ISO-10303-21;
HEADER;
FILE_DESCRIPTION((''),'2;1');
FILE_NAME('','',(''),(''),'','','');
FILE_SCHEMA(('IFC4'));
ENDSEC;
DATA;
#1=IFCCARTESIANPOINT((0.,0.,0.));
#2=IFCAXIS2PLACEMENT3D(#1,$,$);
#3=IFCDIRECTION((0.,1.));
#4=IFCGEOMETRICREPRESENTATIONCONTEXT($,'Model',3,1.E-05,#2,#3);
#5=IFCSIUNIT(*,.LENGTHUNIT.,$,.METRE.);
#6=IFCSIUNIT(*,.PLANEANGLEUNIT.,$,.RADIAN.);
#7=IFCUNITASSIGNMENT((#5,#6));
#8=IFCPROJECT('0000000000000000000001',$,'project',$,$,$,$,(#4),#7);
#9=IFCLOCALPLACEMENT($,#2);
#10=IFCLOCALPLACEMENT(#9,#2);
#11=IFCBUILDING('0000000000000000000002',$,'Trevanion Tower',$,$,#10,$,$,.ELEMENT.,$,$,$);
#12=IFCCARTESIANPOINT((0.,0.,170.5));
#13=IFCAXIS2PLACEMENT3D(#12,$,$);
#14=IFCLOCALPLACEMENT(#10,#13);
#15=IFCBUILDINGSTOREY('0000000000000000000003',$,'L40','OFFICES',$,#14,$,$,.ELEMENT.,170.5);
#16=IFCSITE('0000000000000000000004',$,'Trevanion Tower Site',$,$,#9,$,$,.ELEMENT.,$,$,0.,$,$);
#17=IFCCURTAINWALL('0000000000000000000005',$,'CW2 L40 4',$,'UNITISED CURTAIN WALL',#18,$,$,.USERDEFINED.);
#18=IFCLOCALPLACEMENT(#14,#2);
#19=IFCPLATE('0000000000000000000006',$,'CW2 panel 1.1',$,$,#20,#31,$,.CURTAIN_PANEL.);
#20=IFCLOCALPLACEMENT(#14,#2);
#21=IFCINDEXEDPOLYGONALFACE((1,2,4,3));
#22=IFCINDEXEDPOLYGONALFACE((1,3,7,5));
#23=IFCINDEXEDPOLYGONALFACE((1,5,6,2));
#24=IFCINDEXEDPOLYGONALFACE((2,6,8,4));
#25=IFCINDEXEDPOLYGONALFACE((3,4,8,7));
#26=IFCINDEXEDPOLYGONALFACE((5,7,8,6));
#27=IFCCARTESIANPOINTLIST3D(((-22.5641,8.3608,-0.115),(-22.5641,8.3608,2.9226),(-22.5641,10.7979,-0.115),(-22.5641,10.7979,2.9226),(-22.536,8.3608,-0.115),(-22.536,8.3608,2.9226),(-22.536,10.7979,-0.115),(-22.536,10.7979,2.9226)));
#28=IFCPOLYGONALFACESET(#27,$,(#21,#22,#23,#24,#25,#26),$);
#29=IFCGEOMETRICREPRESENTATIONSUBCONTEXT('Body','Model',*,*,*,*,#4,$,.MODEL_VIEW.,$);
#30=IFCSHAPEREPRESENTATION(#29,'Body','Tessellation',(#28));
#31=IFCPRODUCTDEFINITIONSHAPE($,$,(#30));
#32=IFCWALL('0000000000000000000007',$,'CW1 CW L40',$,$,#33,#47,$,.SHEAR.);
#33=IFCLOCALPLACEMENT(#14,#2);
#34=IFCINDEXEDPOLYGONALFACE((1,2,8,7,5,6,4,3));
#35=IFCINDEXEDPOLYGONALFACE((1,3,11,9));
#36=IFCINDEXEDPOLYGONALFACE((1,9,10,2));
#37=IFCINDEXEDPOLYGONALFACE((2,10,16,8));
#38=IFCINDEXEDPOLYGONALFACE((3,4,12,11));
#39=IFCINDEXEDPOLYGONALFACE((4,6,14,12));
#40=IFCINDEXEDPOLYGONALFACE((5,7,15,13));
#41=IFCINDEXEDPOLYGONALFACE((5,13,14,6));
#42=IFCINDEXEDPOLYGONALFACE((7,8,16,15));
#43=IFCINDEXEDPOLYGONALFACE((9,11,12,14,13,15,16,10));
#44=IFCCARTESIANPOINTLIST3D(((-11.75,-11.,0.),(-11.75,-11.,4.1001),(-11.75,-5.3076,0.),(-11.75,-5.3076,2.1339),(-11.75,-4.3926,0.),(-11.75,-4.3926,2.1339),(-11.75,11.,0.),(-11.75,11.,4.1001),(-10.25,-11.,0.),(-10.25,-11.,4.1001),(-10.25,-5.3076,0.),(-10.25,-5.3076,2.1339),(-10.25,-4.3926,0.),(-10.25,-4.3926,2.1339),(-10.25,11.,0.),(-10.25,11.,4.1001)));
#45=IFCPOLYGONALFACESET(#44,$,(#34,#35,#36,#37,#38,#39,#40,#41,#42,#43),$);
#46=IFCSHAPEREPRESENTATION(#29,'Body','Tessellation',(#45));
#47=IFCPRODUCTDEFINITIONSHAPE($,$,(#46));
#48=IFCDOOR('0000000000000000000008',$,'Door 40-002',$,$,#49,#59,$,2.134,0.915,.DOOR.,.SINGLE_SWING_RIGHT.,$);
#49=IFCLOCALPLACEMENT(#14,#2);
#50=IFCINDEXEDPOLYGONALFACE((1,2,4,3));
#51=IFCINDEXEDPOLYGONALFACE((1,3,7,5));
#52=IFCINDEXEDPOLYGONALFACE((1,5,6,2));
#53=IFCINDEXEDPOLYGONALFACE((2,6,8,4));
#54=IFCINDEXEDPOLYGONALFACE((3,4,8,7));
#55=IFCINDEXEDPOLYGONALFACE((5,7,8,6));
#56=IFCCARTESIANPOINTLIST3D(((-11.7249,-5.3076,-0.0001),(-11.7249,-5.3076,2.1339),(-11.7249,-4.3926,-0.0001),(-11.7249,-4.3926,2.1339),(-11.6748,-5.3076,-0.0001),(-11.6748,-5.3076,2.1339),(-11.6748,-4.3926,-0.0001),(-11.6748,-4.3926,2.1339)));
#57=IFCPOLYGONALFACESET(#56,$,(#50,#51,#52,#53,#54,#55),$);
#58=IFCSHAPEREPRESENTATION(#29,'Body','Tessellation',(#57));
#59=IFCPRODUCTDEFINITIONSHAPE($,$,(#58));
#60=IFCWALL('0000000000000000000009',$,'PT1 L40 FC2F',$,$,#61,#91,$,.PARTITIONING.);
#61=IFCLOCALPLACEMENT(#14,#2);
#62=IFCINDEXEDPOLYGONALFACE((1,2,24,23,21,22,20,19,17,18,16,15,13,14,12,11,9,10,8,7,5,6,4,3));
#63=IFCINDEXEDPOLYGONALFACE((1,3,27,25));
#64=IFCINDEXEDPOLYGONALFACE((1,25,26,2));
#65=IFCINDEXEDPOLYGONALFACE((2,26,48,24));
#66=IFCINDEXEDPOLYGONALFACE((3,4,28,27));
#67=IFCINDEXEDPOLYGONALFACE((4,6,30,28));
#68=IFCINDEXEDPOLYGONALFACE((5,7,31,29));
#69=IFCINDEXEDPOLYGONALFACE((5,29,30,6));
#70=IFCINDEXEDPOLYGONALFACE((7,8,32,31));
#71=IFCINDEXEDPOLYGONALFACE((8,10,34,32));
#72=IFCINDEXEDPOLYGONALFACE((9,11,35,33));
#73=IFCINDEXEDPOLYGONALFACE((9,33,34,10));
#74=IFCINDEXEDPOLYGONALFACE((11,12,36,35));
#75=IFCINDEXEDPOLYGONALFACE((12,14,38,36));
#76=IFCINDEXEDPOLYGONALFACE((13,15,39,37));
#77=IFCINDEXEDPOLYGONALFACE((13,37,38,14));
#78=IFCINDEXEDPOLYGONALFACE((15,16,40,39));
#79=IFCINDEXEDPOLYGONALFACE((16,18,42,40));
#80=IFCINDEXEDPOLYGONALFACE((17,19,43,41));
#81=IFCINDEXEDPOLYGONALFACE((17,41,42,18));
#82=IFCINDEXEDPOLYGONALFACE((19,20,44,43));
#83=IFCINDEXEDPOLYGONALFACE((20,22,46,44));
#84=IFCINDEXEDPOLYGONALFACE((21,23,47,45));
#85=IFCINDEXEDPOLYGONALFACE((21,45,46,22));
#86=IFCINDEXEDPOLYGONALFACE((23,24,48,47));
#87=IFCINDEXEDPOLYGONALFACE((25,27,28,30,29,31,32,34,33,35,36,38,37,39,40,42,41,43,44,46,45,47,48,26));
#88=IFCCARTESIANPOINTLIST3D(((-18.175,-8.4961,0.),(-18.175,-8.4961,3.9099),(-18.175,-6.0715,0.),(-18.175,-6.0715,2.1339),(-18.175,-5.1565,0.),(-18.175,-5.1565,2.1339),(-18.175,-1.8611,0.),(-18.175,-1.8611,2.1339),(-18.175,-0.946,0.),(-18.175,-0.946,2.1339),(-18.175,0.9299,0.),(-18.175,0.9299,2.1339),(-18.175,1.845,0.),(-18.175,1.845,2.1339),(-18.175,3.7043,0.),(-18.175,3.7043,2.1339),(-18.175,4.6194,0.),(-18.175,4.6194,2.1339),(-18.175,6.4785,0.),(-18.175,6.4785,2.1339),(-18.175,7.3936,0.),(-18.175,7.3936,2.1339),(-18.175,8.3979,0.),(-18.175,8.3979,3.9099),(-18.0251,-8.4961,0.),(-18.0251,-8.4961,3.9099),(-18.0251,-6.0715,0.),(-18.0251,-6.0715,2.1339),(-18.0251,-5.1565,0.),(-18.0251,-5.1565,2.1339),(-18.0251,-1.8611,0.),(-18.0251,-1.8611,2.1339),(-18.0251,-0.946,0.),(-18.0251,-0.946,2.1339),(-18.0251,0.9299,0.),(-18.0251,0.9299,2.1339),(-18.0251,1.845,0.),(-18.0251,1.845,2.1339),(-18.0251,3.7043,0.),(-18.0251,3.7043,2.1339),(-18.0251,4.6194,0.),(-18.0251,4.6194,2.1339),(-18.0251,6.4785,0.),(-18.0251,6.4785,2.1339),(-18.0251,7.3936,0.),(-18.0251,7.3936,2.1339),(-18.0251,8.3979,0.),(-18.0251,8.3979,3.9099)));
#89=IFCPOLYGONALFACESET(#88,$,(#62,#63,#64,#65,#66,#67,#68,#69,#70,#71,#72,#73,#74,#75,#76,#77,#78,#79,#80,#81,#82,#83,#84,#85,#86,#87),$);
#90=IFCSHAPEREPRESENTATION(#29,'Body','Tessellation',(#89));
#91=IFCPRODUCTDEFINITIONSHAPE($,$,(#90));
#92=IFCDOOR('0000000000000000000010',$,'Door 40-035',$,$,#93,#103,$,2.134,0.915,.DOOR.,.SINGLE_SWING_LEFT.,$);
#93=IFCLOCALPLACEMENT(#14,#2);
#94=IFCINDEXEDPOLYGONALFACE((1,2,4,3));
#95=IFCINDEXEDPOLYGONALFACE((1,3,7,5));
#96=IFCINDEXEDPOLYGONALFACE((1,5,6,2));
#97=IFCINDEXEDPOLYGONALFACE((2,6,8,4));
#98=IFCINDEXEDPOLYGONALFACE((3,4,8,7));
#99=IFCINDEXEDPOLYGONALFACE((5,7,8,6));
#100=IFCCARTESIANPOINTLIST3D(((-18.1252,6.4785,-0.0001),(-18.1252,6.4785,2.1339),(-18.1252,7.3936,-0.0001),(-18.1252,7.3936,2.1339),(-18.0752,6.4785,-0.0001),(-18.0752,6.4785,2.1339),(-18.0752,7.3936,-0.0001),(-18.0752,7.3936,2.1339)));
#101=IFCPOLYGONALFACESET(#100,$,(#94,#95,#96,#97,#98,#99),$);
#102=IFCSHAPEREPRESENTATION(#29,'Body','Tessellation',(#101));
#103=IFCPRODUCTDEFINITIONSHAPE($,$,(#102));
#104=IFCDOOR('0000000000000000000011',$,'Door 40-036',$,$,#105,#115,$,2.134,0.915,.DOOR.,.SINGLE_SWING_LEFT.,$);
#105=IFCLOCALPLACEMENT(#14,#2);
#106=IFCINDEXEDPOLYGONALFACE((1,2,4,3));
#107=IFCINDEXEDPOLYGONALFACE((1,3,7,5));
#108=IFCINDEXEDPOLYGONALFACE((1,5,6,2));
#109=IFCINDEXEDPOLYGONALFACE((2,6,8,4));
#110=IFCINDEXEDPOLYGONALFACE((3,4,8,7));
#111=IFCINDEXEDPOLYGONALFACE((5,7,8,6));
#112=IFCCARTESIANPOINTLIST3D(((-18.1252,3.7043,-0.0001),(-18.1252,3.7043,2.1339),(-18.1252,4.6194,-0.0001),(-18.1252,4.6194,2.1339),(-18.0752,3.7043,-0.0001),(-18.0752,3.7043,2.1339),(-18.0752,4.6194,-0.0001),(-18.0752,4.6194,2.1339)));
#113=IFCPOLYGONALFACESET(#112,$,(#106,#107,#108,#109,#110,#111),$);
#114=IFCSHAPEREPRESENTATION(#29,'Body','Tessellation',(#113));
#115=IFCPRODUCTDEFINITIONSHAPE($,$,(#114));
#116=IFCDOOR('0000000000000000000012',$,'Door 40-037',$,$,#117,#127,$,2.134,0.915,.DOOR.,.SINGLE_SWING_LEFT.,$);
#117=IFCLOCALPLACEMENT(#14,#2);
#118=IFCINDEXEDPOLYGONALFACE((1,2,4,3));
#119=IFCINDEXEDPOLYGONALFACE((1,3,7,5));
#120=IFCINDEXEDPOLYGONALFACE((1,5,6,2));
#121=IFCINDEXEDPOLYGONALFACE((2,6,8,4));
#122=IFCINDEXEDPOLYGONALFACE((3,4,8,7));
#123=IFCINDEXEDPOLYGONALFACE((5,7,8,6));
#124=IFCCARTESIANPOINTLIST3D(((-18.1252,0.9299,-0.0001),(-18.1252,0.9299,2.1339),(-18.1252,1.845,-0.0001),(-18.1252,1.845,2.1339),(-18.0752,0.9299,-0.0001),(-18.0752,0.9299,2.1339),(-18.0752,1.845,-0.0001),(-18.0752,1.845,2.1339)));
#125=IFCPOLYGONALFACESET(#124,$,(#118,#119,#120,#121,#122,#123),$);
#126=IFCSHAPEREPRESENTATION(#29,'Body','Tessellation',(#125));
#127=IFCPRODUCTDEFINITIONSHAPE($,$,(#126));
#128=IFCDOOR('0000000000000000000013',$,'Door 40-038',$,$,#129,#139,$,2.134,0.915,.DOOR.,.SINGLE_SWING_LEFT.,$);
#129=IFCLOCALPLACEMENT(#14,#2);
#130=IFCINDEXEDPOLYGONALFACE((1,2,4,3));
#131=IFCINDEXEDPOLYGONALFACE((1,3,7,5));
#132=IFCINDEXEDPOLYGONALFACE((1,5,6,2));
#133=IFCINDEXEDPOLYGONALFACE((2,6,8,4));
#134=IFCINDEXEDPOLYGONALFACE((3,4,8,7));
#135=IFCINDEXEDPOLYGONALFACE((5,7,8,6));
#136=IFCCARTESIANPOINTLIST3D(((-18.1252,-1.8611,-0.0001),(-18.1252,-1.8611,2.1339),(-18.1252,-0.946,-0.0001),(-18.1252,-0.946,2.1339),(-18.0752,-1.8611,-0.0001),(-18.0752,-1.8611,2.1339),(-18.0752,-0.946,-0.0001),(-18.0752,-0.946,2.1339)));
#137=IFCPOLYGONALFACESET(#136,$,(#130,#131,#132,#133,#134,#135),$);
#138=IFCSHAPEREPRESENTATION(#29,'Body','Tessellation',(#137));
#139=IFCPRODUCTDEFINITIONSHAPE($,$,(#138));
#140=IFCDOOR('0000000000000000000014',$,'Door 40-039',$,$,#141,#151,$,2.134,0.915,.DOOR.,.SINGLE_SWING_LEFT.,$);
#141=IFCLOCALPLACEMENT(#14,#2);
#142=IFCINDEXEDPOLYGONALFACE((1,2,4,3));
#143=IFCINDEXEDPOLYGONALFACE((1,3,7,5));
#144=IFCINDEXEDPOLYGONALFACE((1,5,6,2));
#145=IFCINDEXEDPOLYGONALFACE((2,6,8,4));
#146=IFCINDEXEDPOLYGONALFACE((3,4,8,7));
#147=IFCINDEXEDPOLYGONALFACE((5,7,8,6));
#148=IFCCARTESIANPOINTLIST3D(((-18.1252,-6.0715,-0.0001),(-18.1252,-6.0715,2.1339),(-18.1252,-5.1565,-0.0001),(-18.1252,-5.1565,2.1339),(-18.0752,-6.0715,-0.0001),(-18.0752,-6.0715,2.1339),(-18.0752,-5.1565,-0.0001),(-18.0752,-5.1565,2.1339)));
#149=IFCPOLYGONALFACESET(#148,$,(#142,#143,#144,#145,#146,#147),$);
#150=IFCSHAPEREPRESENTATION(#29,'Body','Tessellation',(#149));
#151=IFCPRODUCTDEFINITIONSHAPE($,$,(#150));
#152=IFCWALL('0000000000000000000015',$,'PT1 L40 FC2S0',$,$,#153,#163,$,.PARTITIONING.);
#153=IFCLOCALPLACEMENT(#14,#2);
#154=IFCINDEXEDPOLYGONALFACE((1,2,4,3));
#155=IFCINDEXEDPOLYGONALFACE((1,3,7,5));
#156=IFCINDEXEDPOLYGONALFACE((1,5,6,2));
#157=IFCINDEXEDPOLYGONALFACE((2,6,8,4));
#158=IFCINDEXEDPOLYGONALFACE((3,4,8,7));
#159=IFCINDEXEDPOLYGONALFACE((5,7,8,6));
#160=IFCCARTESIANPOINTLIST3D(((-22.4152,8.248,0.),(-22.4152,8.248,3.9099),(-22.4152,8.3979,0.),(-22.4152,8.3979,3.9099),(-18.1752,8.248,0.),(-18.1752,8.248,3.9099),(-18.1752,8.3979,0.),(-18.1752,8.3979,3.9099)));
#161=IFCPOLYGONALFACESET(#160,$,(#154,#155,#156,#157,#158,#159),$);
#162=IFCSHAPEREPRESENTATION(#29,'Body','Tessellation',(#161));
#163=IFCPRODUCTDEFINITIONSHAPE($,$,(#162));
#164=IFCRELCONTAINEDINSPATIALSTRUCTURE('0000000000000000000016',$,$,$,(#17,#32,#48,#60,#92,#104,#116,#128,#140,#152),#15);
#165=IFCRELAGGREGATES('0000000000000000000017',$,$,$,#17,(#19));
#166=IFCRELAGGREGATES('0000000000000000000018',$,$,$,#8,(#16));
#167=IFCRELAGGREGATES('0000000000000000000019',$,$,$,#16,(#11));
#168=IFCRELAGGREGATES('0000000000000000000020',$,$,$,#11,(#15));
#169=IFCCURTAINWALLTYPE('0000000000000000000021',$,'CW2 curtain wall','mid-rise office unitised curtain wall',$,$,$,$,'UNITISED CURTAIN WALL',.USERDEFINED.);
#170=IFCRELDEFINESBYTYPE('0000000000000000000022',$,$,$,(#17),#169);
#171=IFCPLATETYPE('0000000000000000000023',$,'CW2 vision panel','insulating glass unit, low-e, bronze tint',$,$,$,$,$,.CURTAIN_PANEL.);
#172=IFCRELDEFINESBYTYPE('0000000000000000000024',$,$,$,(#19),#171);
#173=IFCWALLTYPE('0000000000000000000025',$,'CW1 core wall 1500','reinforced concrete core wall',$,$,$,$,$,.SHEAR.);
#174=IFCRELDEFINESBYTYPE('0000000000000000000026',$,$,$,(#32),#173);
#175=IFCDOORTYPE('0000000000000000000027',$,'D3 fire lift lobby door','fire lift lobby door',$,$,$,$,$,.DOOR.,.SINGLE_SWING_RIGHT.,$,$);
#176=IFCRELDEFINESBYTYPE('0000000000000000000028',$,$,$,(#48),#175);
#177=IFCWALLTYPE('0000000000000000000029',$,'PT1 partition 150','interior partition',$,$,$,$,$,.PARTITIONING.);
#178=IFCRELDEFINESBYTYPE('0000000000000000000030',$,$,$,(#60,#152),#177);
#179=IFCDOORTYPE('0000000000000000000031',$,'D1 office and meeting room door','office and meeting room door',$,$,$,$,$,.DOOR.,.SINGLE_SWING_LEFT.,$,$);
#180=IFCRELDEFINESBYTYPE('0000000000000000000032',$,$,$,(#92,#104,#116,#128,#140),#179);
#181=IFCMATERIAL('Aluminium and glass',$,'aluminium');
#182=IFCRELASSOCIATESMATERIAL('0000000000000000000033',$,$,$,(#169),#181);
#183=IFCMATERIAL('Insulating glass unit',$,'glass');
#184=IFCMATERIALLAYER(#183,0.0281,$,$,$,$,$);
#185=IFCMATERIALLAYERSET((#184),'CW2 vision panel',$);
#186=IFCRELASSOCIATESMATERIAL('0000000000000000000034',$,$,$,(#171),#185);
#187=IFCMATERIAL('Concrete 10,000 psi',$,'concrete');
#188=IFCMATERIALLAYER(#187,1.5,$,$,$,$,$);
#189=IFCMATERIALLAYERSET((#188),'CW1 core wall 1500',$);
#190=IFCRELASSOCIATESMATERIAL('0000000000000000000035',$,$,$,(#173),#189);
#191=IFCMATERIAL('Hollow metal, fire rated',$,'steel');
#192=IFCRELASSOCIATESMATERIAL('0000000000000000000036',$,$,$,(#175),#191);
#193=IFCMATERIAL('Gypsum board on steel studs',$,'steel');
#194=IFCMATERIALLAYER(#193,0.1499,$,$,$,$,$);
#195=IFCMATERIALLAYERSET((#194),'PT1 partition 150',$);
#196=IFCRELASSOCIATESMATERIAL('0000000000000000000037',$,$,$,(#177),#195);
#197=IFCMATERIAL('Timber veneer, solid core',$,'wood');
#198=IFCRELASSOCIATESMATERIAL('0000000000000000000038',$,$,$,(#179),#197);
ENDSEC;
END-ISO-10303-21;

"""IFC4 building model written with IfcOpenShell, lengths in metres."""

from ifc_helpers import new_model, si_unit, direction, frame, frame_2d, origin, origin_2d, place, context, subcontext, project, spatial, rectangle, extrude, material, layer, layer_set, type_object, element, fill, aggregate, save


model = new_model("IFC4")

# Units and contexts
model_context = context("Model", 3, precision=1e-05, world=origin(), true_north=direction((0.0, 1.0)))
body_context = subcontext(model_context, "Body", "Model", "MODEL_VIEW")
ifc_project = project(units=[si_unit("LENGTHUNIT", "METRE"), si_unit("PLANEANGLEUNIT", "RADIAN")], contexts=[model_context])

# Site, building, storey
site_placement = place(None, origin())
site = spatial("IfcSite", under=ifc_project, at=site_placement, Name="Trevanion Tower Site", CompositionType="ELEMENT", RefElevation=0.0)
building_placement = place(site_placement, origin())
building = spatial("IfcBuilding", under=site, at=building_placement, Name="Trevanion Tower", CompositionType="ELEMENT")
storey_placement = place(building_placement, frame((0.0, 0.0, 170.5)))
storey = spatial("IfcBuildingStorey", under=building, at=storey_placement, Name="L40", Description="OFFICES", CompositionType="ELEMENT", Elevation=170.5)

# Curtain wall
ifc_material_1 = material(Name="Aluminium and glass", Category="aluminium")
curtain_wall_type = type_object("IfcCurtainWallType", Name="CW2 curtain wall", Description="mid-rise office unitised curtain wall", ElementType="UNITISED CURTAIN WALL", PredefinedType="USERDEFINED", material=ifc_material_1)
curtain_wall_placement = place(storey_placement, origin())
curtain_wall = element("IfcCurtainWall", 1, at=curtain_wall_placement, inside=storey, type_object=curtain_wall_type, Name="CW2 L40 4", ObjectType="UNITISED CURTAIN WALL", PredefinedType="USERDEFINED")

# Plate
ifc_material_2 = material(Name="Insulating glass unit", Category="glass")
ifc_layer_1 = layer(ifc_material_2, 0.0281)
ifc_layer_set_1 = layer_set([ifc_layer_1], Name="CW2 vision panel")
plate_type_1 = type_object("IfcPlateType", Name="CW2 vision panel", Description="insulating glass unit, low-e, bronze tint", PredefinedType="CURTAIN_PANEL", material=ifc_layer_set_1)
plate_1_placement = place(storey_placement, frame((-22.55, 9.5793, -0.115), z_axis=(0.0, 0.0, 1.0), x_axis=(0.0, -1.0, 0.0)))
plate_1 = element("IfcPlate", 2, at=plate_1_placement, type_object=plate_type_1, Name="CW2 panel 1.1", PredefinedType="CURTAIN_PANEL", context=body_context, shape_type="SweptSolid", body=[
    extrude(rectangle(XDim=2.437, YDim=0.0281, at=origin_2d()), origin(), (0.0, 0.0, 1.0), 3.0376),
])
aggregate(curtain_wall, [plate_1])

# Wall, opening, door
ifc_material_3 = material(Name="Concrete 10,000 psi", Category="concrete")
ifc_layer_2 = layer(ifc_material_3, 1.5)
ifc_layer_set_2 = layer_set([ifc_layer_2], Name="CW1 core wall 1500")
wall_type_1 = type_object("IfcWallType", Name="CW1 core wall 1500", Description="reinforced concrete core wall", PredefinedType="SHEAR", material=ifc_layer_set_2)
wall_1_placement = place(storey_placement, frame((-11.0, 11.0, 0.0), z_axis=(0.0, 0.0, 1.0), x_axis=(0.0, -1.0, 0.0)))
wall_1 = element("IfcWall", 3, at=wall_1_placement, inside=storey, type_object=wall_type_1, Name="CW1 CW L40", PredefinedType="SHEAR", context=body_context, shape_type="SweptSolid", body=[
    extrude(rectangle(XDim=22.0, YDim=1.5, at=frame_2d((11.0, 0.0))), origin(), (0.0, 0.0, 1.0), 4.1001),
])
opening_1_placement = place(wall_1_placement, frame((15.3926, 0.0, 0.0)))
opening_1 = element("IfcOpeningElement", 4, at=opening_1_placement, cuts=wall_1, PredefinedType="OPENING", context=body_context, shape_type="SweptSolid", body=[
    extrude(rectangle(XDim=0.915, YDim=2.134, at=frame_2d((0.4575, 1.0669))), frame((0.0, 0.76, 0.0), z_axis=(0.0, -1.0, 0.0), x_axis=(1.0, 0.0, 0.0)), (0.0, 0.0, 1.0), 1.52),
])
ifc_material_4 = material(Name="Hollow metal, fire rated", Category="steel")
door_type_1 = type_object("IfcDoorType", Name="D3 fire lift lobby door", Description="fire lift lobby door", OperationType="SINGLE_SWING_RIGHT", PredefinedType="DOOR", material=ifc_material_4)
door_1_placement = place(opening_1_placement, origin())
door_1 = element("IfcDoor", 5, at=door_1_placement, inside=storey, type_object=door_type_1, Name="Door 40-002", OperationType="SINGLE_SWING_RIGHT", OverallHeight=2.134, OverallWidth=0.915, PredefinedType="DOOR", context=body_context, shape_type="SweptSolid", body=[
    extrude(rectangle(XDim=0.915, YDim=2.134, at=frame_2d((0.4575, 1.0669))), frame((0.0, -0.6748, 0.0), z_axis=(0.0, -1.0, 0.0), x_axis=(1.0, 0.0, 0.0)), (0.0, 0.0, 1.0), 0.05),
])
fill(opening_1, door_1)

# Wall, openings, doors
ifc_material_5 = material(Name="Gypsum board on steel studs", Category="steel")
ifc_layer_3 = layer(ifc_material_5, 0.1499)
ifc_layer_set_3 = layer_set([ifc_layer_3], Name="PT1 partition 150")
wall_type_2 = type_object("IfcWallType", Name="PT1 partition 150", Description="interior partition", PredefinedType="PARTITIONING", material=ifc_layer_set_3)
wall_2_placement = place(storey_placement, frame((-18.1001, 8.3979, 0.0), z_axis=(0.0, 0.0, 1.0), x_axis=(0.0, -1.0, 0.0)))
wall_2 = element("IfcWall", 6, at=wall_2_placement, inside=storey, type_object=wall_type_2, Name="PT1 L40 FC2F", PredefinedType="PARTITIONING", context=body_context, shape_type="SweptSolid", body=[
    extrude(rectangle(XDim=16.894, YDim=0.1499, at=frame_2d((8.447, 0.0))), origin(), (0.0, 0.0, 1.0), 3.9099),
])
opening_2_placement = place(wall_2_placement, frame((1.0044, 0.0, 0.0)))
opening_2 = element("IfcOpeningElement", 7, at=opening_2_placement, cuts=wall_2, PredefinedType="OPENING", context=body_context, shape_type="SweptSolid", body=[
    extrude(rectangle(XDim=0.915, YDim=2.134, at=frame_2d((0.4575, 1.0669))), frame((0.0, 0.085, 0.0), z_axis=(0.0, -1.0, 0.0), x_axis=(1.0, 0.0, 0.0)), (0.0, 0.0, 1.0), 0.1699),
])
opening_3_placement = place(wall_2_placement, frame((3.7786, 0.0, 0.0)))
opening_3 = element("IfcOpeningElement", 8, at=opening_3_placement, cuts=wall_2, PredefinedType="OPENING", context=body_context, shape_type="SweptSolid", body=[
    extrude(rectangle(XDim=0.915, YDim=2.134, at=frame_2d((0.4575, 1.0669))), frame((0.0, 0.085, 0.0), z_axis=(0.0, -1.0, 0.0), x_axis=(1.0, 0.0, 0.0)), (0.0, 0.0, 1.0), 0.1699),
])
opening_4_placement = place(wall_2_placement, frame((6.553, 0.0, 0.0)))
opening_4 = element("IfcOpeningElement", 9, at=opening_4_placement, cuts=wall_2, PredefinedType="OPENING", context=body_context, shape_type="SweptSolid", body=[
    extrude(rectangle(XDim=0.915, YDim=2.134, at=frame_2d((0.4575, 1.0669))), frame((0.0, 0.085, 0.0), z_axis=(0.0, -1.0, 0.0), x_axis=(1.0, 0.0, 0.0)), (0.0, 0.0, 1.0), 0.1699),
])
opening_5_placement = place(wall_2_placement, frame((9.344, 0.0, 0.0)))
opening_5 = element("IfcOpeningElement", 10, at=opening_5_placement, cuts=wall_2, PredefinedType="OPENING", context=body_context, shape_type="SweptSolid", body=[
    extrude(rectangle(XDim=0.915, YDim=2.134, at=frame_2d((0.4575, 1.0669))), frame((0.0, 0.085, 0.0), z_axis=(0.0, -1.0, 0.0), x_axis=(1.0, 0.0, 0.0)), (0.0, 0.0, 1.0), 0.1699),
])
opening_6_placement = place(wall_2_placement, frame((13.5544, 0.0, 0.0)))
opening_6 = element("IfcOpeningElement", 11, at=opening_6_placement, cuts=wall_2, PredefinedType="OPENING", context=body_context, shape_type="SweptSolid", body=[
    extrude(rectangle(XDim=0.915, YDim=2.134, at=frame_2d((0.4575, 1.0669))), frame((0.0, 0.085, 0.0), z_axis=(0.0, -1.0, 0.0), x_axis=(1.0, 0.0, 0.0)), (0.0, 0.0, 1.0), 0.1699),
])
ifc_material_6 = material(Name="Timber veneer, solid core", Category="wood")
door_type_2 = type_object("IfcDoorType", Name="D1 office and meeting room door", Description="office and meeting room door", OperationType="SINGLE_SWING_LEFT", PredefinedType="DOOR", material=ifc_material_6)
door_2_placement = place(opening_2_placement, origin())
door_2 = element("IfcDoor", 12, at=door_2_placement, inside=storey, type_object=door_type_2, Name="Door 40-035", OperationType="SINGLE_SWING_LEFT", OverallHeight=2.134, OverallWidth=0.915, PredefinedType="DOOR", context=body_context, shape_type="SweptSolid", body=[
    extrude(rectangle(XDim=0.915, YDim=2.134, at=frame_2d((0.4575, 1.0669))), frame((0.0, 0.0249, 0.0), z_axis=(0.0, -1.0, 0.0), x_axis=(1.0, 0.0, 0.0)), (0.0, 0.0, 1.0), 0.05),
])
fill(opening_2, door_2)
door_3_placement = place(opening_3_placement, origin())
door_3 = element("IfcDoor", 13, at=door_3_placement, inside=storey, type_object=door_type_2, Name="Door 40-036", OperationType="SINGLE_SWING_LEFT", OverallHeight=2.134, OverallWidth=0.915, PredefinedType="DOOR", context=body_context, shape_type="SweptSolid", body=[
    extrude(rectangle(XDim=0.915, YDim=2.134, at=frame_2d((0.4575, 1.0669))), frame((0.0, 0.0249, 0.0), z_axis=(0.0, -1.0, 0.0), x_axis=(1.0, 0.0, 0.0)), (0.0, 0.0, 1.0), 0.05),
])
fill(opening_3, door_3)
door_4_placement = place(opening_4_placement, origin())
door_4 = element("IfcDoor", 14, at=door_4_placement, inside=storey, type_object=door_type_2, Name="Door 40-037", OperationType="SINGLE_SWING_LEFT", OverallHeight=2.134, OverallWidth=0.915, PredefinedType="DOOR", context=body_context, shape_type="SweptSolid", body=[
    extrude(rectangle(XDim=0.915, YDim=2.134, at=frame_2d((0.4575, 1.0669))), frame((0.0, 0.0249, 0.0), z_axis=(0.0, -1.0, 0.0), x_axis=(1.0, 0.0, 0.0)), (0.0, 0.0, 1.0), 0.05),
])
fill(opening_4, door_4)
door_5_placement = place(opening_5_placement, origin())
door_5 = element("IfcDoor", 15, at=door_5_placement, inside=storey, type_object=door_type_2, Name="Door 40-038", OperationType="SINGLE_SWING_LEFT", OverallHeight=2.134, OverallWidth=0.915, PredefinedType="DOOR", context=body_context, shape_type="SweptSolid", body=[
    extrude(rectangle(XDim=0.915, YDim=2.134, at=frame_2d((0.4575, 1.0669))), frame((0.0, 0.0249, 0.0), z_axis=(0.0, -1.0, 0.0), x_axis=(1.0, 0.0, 0.0)), (0.0, 0.0, 1.0), 0.05),
])
fill(opening_5, door_5)
door_6_placement = place(opening_6_placement, origin())
door_6 = element("IfcDoor", 16, at=door_6_placement, inside=storey, type_object=door_type_2, Name="Door 40-039", OperationType="SINGLE_SWING_LEFT", OverallHeight=2.134, OverallWidth=0.915, PredefinedType="DOOR", context=body_context, shape_type="SweptSolid", body=[
    extrude(rectangle(XDim=0.915, YDim=2.134, at=frame_2d((0.4575, 1.0669))), frame((0.0, 0.0249, 0.0), z_axis=(0.0, -1.0, 0.0), x_axis=(1.0, 0.0, 0.0)), (0.0, 0.0, 1.0), 0.05),
])
fill(opening_6, door_6)

# Wall
for number, where, z_axis, x_axis, name in (
    (17, (-18.175, 8.323, 0.0), (0.0, 0.0, 1.0), (-1.0, 0.0, 0.0), "PT1 L40 FC2S0"),
):
    element("IfcWall", number, at=place(storey_placement, frame(where, z_axis=z_axis, x_axis=x_axis)), inside=storey, type_object=wall_type_2, Name=name, PredefinedType="PARTITIONING", context=body_context, shape_type="SweptSolid", body=[
        extrude(rectangle(XDim=4.24, YDim=0.1499, at=frame_2d((2.1201, 0.0))), origin(), (0.0, 0.0, 1.0), 3.9099),
    ])

save(model, "model.ifc")
